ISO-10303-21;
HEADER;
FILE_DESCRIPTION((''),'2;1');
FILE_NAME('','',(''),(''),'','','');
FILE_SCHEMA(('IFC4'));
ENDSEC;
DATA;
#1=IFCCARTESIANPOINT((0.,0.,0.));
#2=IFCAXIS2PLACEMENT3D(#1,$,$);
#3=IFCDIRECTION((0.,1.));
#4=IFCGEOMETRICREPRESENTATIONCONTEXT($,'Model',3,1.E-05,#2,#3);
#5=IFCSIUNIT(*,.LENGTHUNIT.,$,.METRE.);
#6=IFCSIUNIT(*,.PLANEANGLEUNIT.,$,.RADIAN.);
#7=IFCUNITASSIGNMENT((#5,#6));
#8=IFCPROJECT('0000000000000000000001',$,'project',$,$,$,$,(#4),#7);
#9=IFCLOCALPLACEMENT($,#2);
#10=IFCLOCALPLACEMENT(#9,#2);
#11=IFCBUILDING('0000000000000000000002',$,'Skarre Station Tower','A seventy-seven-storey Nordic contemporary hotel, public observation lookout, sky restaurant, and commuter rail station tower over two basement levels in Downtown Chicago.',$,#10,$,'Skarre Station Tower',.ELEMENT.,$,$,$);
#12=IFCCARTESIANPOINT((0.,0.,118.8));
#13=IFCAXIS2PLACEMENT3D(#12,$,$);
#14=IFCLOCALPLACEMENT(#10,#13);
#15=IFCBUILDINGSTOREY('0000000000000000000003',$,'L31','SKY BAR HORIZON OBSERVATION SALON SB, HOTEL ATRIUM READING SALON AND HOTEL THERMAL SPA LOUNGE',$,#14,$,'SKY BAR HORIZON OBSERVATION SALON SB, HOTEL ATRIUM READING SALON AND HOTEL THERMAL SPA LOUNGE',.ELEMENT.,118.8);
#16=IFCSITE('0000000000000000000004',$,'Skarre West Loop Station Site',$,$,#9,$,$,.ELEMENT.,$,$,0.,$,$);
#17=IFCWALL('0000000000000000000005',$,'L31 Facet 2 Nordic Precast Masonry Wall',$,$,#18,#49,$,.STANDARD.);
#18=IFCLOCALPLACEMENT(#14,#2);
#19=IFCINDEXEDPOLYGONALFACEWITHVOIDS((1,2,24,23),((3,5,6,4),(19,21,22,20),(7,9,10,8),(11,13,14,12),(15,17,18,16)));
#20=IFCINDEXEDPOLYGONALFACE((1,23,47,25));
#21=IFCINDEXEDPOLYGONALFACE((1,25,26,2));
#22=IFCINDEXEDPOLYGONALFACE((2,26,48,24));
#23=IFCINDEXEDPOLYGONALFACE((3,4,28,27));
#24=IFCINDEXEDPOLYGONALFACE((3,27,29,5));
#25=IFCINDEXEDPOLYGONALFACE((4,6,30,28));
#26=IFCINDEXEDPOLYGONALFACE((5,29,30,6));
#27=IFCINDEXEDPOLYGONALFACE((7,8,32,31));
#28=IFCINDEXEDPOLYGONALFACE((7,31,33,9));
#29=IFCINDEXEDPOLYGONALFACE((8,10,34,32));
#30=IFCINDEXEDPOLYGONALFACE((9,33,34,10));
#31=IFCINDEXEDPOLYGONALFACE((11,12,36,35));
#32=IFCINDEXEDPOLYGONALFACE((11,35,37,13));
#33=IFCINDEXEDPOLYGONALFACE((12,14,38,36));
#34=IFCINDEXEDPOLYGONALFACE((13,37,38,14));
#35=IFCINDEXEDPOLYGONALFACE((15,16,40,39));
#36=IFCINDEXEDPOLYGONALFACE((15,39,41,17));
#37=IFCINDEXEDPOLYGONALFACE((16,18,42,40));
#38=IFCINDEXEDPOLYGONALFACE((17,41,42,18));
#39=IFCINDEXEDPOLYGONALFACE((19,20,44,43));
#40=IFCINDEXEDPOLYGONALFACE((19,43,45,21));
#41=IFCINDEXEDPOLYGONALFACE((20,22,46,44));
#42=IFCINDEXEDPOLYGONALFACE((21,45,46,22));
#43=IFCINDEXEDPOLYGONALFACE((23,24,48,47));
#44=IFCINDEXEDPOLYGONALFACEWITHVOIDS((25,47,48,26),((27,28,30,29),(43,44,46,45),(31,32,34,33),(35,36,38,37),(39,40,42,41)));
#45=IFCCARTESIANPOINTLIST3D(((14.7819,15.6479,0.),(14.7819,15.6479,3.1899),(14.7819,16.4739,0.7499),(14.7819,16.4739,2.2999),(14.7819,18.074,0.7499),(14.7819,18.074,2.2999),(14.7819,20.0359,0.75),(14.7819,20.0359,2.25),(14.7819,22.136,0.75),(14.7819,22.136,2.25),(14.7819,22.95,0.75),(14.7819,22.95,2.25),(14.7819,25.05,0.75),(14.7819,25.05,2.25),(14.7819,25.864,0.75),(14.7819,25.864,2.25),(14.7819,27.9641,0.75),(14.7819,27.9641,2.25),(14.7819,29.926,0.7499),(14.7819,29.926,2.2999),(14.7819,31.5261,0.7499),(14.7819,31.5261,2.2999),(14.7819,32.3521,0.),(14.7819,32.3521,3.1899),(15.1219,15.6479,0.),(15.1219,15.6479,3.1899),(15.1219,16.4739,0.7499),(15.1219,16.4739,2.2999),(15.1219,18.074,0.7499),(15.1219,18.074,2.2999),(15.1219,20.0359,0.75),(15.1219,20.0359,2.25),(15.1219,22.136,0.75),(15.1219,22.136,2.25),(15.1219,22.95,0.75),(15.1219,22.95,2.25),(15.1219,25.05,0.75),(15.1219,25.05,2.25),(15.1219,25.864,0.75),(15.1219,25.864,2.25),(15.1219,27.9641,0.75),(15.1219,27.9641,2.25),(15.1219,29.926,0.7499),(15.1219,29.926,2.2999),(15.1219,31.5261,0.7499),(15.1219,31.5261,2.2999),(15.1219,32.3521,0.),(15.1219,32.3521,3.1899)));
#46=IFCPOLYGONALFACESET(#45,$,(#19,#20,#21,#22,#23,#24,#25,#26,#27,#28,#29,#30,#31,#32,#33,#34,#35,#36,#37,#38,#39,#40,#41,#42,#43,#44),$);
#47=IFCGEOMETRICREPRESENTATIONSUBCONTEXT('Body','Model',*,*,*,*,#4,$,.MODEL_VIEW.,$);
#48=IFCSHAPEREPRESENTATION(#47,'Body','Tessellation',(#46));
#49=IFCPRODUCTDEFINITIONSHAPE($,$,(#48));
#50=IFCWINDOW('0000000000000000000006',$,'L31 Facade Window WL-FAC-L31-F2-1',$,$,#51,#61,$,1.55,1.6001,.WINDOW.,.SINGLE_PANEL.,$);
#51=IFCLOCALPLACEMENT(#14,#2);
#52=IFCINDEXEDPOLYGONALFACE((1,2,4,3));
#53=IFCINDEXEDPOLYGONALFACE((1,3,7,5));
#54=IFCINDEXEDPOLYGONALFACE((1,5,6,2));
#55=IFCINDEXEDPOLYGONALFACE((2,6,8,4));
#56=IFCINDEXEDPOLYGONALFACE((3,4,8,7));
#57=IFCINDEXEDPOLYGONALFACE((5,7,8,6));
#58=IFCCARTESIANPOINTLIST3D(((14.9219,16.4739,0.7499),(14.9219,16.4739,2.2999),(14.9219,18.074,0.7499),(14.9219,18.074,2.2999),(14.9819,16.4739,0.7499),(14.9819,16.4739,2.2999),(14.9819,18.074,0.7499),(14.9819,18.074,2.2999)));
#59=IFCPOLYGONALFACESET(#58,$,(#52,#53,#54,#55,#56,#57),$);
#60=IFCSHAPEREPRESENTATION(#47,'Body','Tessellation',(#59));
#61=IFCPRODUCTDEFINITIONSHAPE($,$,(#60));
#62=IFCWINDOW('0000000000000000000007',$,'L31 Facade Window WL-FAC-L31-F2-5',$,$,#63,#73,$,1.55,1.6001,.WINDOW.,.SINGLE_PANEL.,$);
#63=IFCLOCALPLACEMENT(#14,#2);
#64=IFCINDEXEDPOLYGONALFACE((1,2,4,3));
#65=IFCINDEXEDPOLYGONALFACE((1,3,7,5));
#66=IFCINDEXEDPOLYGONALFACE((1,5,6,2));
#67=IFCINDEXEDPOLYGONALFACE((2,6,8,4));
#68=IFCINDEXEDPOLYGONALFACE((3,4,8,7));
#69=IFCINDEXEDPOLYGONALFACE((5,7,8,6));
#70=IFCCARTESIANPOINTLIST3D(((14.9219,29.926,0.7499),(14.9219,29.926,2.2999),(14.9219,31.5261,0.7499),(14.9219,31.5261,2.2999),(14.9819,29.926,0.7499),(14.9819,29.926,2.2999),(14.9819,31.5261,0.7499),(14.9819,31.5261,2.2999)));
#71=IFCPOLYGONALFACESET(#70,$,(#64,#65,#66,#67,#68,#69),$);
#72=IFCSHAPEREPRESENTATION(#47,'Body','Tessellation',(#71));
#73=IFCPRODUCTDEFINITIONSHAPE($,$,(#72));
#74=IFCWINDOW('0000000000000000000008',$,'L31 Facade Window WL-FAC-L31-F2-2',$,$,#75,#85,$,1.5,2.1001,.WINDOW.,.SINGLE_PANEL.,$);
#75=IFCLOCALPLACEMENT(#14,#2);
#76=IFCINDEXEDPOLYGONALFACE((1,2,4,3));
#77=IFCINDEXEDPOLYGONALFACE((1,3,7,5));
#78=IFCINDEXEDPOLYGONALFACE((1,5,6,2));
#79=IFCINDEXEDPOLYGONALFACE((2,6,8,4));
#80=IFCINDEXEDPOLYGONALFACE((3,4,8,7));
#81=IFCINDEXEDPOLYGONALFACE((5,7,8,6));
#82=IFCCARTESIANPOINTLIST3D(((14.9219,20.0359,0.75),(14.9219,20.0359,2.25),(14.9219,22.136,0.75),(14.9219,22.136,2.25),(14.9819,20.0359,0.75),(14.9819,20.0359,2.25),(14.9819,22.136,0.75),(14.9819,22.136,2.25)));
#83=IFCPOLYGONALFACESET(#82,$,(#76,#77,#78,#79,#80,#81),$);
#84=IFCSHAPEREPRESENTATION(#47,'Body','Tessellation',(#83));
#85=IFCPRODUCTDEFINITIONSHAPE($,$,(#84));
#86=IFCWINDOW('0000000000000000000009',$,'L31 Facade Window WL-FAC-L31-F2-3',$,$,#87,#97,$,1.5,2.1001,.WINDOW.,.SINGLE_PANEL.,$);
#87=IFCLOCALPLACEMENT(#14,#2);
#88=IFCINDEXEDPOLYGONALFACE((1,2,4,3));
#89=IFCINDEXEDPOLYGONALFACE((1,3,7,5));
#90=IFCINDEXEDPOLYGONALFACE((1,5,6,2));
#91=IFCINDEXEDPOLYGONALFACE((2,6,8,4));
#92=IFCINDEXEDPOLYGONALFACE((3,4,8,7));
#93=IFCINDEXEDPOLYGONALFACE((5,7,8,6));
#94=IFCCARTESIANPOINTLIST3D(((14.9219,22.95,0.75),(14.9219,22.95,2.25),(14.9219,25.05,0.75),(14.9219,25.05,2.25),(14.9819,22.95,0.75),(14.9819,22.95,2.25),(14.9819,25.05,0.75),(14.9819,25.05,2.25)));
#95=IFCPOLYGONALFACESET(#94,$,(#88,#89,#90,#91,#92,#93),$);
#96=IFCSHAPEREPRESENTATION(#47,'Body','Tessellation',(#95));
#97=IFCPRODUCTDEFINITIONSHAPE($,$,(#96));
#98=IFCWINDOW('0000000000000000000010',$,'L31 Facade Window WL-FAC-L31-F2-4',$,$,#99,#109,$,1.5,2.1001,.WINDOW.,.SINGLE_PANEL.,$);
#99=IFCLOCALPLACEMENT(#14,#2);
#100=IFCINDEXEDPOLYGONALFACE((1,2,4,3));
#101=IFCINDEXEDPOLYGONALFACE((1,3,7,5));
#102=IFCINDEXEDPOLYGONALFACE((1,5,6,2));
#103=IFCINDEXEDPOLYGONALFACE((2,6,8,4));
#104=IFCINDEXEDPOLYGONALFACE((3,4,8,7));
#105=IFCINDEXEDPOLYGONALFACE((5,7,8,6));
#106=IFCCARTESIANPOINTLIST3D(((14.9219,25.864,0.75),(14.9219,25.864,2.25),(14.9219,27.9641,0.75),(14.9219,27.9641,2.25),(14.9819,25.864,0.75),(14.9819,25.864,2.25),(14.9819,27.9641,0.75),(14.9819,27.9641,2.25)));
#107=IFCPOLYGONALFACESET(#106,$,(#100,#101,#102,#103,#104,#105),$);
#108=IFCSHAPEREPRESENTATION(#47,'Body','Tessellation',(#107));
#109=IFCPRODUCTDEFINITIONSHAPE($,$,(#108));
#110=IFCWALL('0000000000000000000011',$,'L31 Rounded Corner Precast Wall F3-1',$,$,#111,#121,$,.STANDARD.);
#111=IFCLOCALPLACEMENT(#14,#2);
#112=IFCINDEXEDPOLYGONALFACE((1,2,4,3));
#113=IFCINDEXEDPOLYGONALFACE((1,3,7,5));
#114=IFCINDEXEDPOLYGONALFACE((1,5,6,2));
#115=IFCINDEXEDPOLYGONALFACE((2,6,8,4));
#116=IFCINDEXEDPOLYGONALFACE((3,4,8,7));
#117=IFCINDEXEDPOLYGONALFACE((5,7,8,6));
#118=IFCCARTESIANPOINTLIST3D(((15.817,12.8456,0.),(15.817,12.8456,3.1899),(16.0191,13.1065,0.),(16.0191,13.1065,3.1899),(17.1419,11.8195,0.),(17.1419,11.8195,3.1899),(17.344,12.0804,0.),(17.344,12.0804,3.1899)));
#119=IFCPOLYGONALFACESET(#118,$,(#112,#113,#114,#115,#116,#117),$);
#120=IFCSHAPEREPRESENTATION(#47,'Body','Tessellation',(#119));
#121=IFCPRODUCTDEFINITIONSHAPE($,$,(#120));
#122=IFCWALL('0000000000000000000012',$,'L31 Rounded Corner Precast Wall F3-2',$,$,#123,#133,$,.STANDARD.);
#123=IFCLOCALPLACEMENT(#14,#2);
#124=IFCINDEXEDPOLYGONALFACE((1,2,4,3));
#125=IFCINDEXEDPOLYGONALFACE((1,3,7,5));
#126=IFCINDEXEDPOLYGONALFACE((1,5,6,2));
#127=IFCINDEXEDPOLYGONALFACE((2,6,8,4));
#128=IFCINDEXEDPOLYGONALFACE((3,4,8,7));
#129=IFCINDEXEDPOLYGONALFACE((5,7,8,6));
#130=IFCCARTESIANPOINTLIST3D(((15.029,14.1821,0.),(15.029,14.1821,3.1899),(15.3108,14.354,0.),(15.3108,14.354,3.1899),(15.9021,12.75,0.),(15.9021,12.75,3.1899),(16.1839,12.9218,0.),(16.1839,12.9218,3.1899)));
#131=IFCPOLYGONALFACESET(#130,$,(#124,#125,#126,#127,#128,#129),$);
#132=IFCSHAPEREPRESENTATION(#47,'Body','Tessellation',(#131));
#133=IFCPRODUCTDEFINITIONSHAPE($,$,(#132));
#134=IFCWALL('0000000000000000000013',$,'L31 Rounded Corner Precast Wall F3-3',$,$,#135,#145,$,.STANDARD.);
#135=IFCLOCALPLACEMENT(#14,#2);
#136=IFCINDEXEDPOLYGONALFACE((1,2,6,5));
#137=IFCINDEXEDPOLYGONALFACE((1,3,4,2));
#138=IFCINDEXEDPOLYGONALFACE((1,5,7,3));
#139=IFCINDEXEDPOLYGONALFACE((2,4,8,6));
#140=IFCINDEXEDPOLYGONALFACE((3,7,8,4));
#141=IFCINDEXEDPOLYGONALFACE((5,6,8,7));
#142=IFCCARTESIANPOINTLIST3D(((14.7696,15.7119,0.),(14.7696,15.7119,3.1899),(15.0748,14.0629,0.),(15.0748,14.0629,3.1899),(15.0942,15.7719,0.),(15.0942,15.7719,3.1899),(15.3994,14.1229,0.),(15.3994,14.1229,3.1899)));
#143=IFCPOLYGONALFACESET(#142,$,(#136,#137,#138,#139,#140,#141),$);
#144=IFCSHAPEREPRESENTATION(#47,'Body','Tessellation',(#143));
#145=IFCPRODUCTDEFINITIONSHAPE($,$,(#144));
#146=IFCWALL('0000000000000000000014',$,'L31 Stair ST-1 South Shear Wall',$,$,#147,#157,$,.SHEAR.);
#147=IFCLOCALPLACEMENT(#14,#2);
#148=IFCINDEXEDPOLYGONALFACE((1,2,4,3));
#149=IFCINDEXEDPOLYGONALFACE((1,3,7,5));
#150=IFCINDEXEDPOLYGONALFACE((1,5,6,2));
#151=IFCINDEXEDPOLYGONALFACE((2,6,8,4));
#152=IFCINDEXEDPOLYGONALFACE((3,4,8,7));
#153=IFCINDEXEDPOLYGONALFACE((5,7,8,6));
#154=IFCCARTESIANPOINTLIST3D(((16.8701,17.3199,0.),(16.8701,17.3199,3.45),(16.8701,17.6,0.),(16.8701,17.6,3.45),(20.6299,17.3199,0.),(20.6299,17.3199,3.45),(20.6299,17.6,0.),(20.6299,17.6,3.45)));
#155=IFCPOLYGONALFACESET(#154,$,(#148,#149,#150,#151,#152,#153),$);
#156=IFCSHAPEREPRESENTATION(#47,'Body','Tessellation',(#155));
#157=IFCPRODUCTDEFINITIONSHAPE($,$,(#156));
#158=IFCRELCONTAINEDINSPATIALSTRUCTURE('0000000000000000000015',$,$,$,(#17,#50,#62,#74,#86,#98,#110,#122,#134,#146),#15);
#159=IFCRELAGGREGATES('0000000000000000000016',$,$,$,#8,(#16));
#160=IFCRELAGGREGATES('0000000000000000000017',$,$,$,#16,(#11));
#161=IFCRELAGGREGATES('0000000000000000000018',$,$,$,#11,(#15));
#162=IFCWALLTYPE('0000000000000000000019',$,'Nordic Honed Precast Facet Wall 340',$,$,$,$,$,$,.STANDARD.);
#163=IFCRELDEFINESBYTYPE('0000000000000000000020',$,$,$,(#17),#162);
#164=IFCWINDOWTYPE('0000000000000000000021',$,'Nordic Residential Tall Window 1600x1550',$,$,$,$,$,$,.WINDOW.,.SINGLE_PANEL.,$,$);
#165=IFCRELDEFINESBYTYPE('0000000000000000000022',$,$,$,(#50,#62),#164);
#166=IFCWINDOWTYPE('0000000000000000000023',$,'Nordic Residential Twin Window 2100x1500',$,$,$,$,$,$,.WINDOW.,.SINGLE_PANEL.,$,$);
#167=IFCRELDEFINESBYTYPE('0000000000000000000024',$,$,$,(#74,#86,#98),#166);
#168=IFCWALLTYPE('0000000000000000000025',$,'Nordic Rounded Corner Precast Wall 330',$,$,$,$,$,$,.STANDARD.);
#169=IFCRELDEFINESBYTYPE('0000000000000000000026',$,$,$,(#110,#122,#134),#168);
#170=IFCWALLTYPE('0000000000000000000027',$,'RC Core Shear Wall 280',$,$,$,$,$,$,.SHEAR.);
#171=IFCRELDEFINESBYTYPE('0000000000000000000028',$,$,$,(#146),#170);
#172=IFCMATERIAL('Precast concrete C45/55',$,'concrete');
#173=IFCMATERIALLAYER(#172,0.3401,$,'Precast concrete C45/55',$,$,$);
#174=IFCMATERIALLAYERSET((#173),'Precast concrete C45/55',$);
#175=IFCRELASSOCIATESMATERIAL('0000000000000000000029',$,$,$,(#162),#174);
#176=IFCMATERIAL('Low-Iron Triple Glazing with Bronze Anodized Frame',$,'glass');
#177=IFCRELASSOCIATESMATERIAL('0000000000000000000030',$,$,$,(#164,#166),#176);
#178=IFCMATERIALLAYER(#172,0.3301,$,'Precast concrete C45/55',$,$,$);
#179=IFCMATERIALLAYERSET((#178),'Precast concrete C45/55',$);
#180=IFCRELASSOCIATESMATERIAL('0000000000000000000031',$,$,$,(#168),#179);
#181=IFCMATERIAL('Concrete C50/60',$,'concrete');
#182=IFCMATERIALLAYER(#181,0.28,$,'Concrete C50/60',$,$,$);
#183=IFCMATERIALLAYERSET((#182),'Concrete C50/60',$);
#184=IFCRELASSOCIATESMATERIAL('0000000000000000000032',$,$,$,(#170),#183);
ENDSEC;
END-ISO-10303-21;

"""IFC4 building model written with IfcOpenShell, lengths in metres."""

from ifc_helpers import new_model, si_unit, direction, frame, frame_2d, origin, place, context, subcontext, project, spatial, rectangle, extrude, material, layer, layer_set, type_object, element, fill, save


model = new_model("IFC4")

# Units and contexts
model_context = context("Model", 3, precision=1e-05, world=origin(), true_north=direction((0.0, 1.0)))
body_context = subcontext(model_context, "Body", "Model", "MODEL_VIEW")
ifc_project = project(units=[si_unit("LENGTHUNIT", "METRE"), si_unit("PLANEANGLEUNIT", "RADIAN")], contexts=[model_context])

# Site, building, storey
site_placement = place(None, origin())
site = spatial("IfcSite", under=ifc_project, at=site_placement, Name="Skarre West Loop Station Site", CompositionType="ELEMENT", RefElevation=0.0)
building_placement = place(site_placement, origin())
building = spatial("IfcBuilding", under=site, at=building_placement, Name="Skarre Station Tower", Description="A seventy-seven-storey Nordic contemporary hotel, public observation lookout, sky restaurant, and commuter rail station tower over two basement levels in Downtown Chicago.", LongName="Skarre Station Tower", CompositionType="ELEMENT")
storey_placement = place(building_placement, frame((0.0, 0.0, 118.8)))
storey = spatial("IfcBuildingStorey", under=building, at=storey_placement, Name="L31", Description="SKY BAR HORIZON OBSERVATION SALON SB, HOTEL ATRIUM READING SALON AND HOTEL THERMAL SPA LOUNGE", LongName="SKY BAR HORIZON OBSERVATION SALON SB, HOTEL ATRIUM READING SALON AND HOTEL THERMAL SPA LOUNGE", CompositionType="ELEMENT", Elevation=118.8)

# Shared definitions
ifc_material_1 = material(Name="Concrete C50/60", Category="concrete")

# Wall, openings, windows
ifc_material_2 = material(Name="Precast concrete C45/55", Category="concrete")
ifc_layer_1 = layer(ifc_material_2, 0.3401, Name="Precast concrete C45/55")
ifc_layer_set_1 = layer_set([ifc_layer_1], Name="Precast concrete C45/55")
wall_type_1 = type_object("IfcWallType", Name="Nordic Honed Precast Facet Wall 340", PredefinedType="STANDARD", material=ifc_layer_set_1)
wall_1_placement = place(storey_placement, frame((14.9519, 15.6479, 0.0), z_axis=(0.0, 0.0, 1.0), x_axis=(0.0, 1.0, 0.0)))
wall_1 = element("IfcWall", 1, at=wall_1_placement, inside=storey, type_object=wall_type_1, Name="L31 Facet 2 Nordic Precast Masonry Wall", PredefinedType="STANDARD", context=body_context, shape_type="SweptSolid", body=[
    extrude(rectangle(XDim=16.7041, YDim=0.3401, at=frame_2d((8.3521, 0.0))), origin(), (0.0, 0.0, 1.0), 3.1899),
])
opening_1_placement = place(wall_1_placement, frame((0.8259, 0.0, 0.75)))
opening_1 = element("IfcOpeningElement", 2, at=opening_1_placement, cuts=wall_1, PredefinedType="OPENING", context=body_context, shape_type="SweptSolid", body=[
    extrude(rectangle(XDim=1.6001, YDim=1.55, at=frame_2d((0.8, 0.7749))), frame((0.0, 0.1799, 0.0), z_axis=(0.0, -1.0, 0.0), x_axis=(1.0, 0.0, 0.0)), (0.0, 0.0, 1.0), 0.3601),
])
opening_2_placement = place(wall_1_placement, frame((4.3879, 0.0, 0.75)))
opening_2 = element("IfcOpeningElement", 3, at=opening_2_placement, cuts=wall_1, PredefinedType="OPENING", context=body_context, shape_type="SweptSolid", body=[
    extrude(rectangle(XDim=2.1001, YDim=1.5, at=frame_2d((1.05, 0.75))), frame((0.0, 0.1799, 0.0), z_axis=(0.0, -1.0, 0.0), x_axis=(1.0, 0.0, 0.0)), (0.0, 0.0, 1.0), 0.3601),
])
opening_3_placement = place(wall_1_placement, frame((7.302, 0.0, 0.75)))
opening_3 = element("IfcOpeningElement", 4, at=opening_3_placement, cuts=wall_1, PredefinedType="OPENING", context=body_context, shape_type="SweptSolid", body=[
    extrude(rectangle(XDim=2.1001, YDim=1.5, at=frame_2d((1.05, 0.75))), frame((0.0, 0.1799, 0.0), z_axis=(0.0, -1.0, 0.0), x_axis=(1.0, 0.0, 0.0)), (0.0, 0.0, 1.0), 0.3601),
])
opening_4_placement = place(wall_1_placement, frame((10.2161, 0.0, 0.75)))
opening_4 = element("IfcOpeningElement", 5, at=opening_4_placement, cuts=wall_1, PredefinedType="OPENING", context=body_context, shape_type="SweptSolid", body=[
    extrude(rectangle(XDim=2.1001, YDim=1.5, at=frame_2d((1.05, 0.75))), frame((0.0, 0.1799, 0.0), z_axis=(0.0, -1.0, 0.0), x_axis=(1.0, 0.0, 0.0)), (0.0, 0.0, 1.0), 0.3601),
])
opening_5_placement = place(wall_1_placement, frame((14.2781, 0.0, 0.75)))
opening_5 = element("IfcOpeningElement", 6, at=opening_5_placement, cuts=wall_1, PredefinedType="OPENING", context=body_context, shape_type="SweptSolid", body=[
    extrude(rectangle(XDim=1.6001, YDim=1.55, at=frame_2d((0.8, 0.7749))), frame((0.0, 0.1799, 0.0), z_axis=(0.0, -1.0, 0.0), x_axis=(1.0, 0.0, 0.0)), (0.0, 0.0, 1.0), 0.3601),
])
ifc_material_3 = material(Name="Low-Iron Triple Glazing with Bronze Anodized Frame", Category="glass")
window_type_1 = type_object("IfcWindowType", Name="Nordic Residential Tall Window 1600x1550", PartitioningType="SINGLE_PANEL", PredefinedType="WINDOW", material=ifc_material_3)
window_1_placement = place(opening_1_placement, origin())
window_1 = element("IfcWindow", 7, at=window_1_placement, inside=storey, type_object=window_type_1, Name="L31 Facade Window WL-FAC-L31-F2-1", OverallHeight=1.55, OverallWidth=1.6001, PartitioningType="SINGLE_PANEL", PredefinedType="WINDOW", context=body_context, shape_type="SweptSolid", body=[
    extrude(rectangle(XDim=1.6001, YDim=1.55, at=frame_2d((0.8, 0.7749))), frame((0.0, 0.03, 0.0), z_axis=(0.0, -1.0, 0.0), x_axis=(1.0, 0.0, 0.0)), (0.0, 0.0, 1.0), 0.0601),
])
fill(opening_1, window_1)
window_2_placement = place(opening_5_placement, origin())
window_2 = element("IfcWindow", 8, at=window_2_placement, inside=storey, type_object=window_type_1, Name="L31 Facade Window WL-FAC-L31-F2-5", OverallHeight=1.55, OverallWidth=1.6001, PartitioningType="SINGLE_PANEL", PredefinedType="WINDOW", context=body_context, shape_type="SweptSolid", body=[
    extrude(rectangle(XDim=1.6001, YDim=1.55, at=frame_2d((0.8, 0.7749))), frame((0.0, 0.03, 0.0), z_axis=(0.0, -1.0, 0.0), x_axis=(1.0, 0.0, 0.0)), (0.0, 0.0, 1.0), 0.0601),
])
fill(opening_5, window_2)
window_type_2 = type_object("IfcWindowType", Name="Nordic Residential Twin Window 2100x1500", PartitioningType="SINGLE_PANEL", PredefinedType="WINDOW", material=ifc_material_3)
window_3_placement = place(opening_2_placement, origin())
window_3 = element("IfcWindow", 9, at=window_3_placement, inside=storey, type_object=window_type_2, Name="L31 Facade Window WL-FAC-L31-F2-2", OverallHeight=1.5, OverallWidth=2.1001, PartitioningType="SINGLE_PANEL", PredefinedType="WINDOW", context=body_context, shape_type="SweptSolid", body=[
    extrude(rectangle(XDim=2.1001, YDim=1.5, at=frame_2d((1.05, 0.75))), frame((0.0, 0.03, 0.0), z_axis=(0.0, -1.0, 0.0), x_axis=(1.0, 0.0, 0.0)), (0.0, 0.0, 1.0), 0.0601),
])
fill(opening_2, window_3)
window_4_placement = place(opening_3_placement, origin())
window_4 = element("IfcWindow", 10, at=window_4_placement, inside=storey, type_object=window_type_2, Name="L31 Facade Window WL-FAC-L31-F2-3", OverallHeight=1.5, OverallWidth=2.1001, PartitioningType="SINGLE_PANEL", PredefinedType="WINDOW", context=body_context, shape_type="SweptSolid", body=[
    extrude(rectangle(XDim=2.1001, YDim=1.5, at=frame_2d((1.05, 0.75))), frame((0.0, 0.03, 0.0), z_axis=(0.0, -1.0, 0.0), x_axis=(1.0, 0.0, 0.0)), (0.0, 0.0, 1.0), 0.0601),
])
fill(opening_3, window_4)
window_5_placement = place(opening_4_placement, origin())
window_5 = element("IfcWindow", 11, at=window_5_placement, inside=storey, type_object=window_type_2, Name="L31 Facade Window WL-FAC-L31-F2-4", OverallHeight=1.5, OverallWidth=2.1001, PartitioningType="SINGLE_PANEL", PredefinedType="WINDOW", context=body_context, shape_type="SweptSolid", body=[
    extrude(rectangle(XDim=2.1001, YDim=1.5, at=frame_2d((1.05, 0.75))), frame((0.0, 0.03, 0.0), z_axis=(0.0, -1.0, 0.0), x_axis=(1.0, 0.0, 0.0)), (0.0, 0.0, 1.0), 0.0601),
])
fill(opening_4, window_5)

# Walls
ifc_layer_2 = layer(ifc_material_2, 0.3301, Name="Precast concrete C45/55")
ifc_layer_set_2 = layer_set([ifc_layer_2], Name="Precast concrete C45/55")
wall_type_2 = type_object("IfcWallType", Name="Nordic Rounded Corner Precast Wall 330", PredefinedType="STANDARD", material=ifc_layer_set_2)
wall_2_placement = place(storey_placement, frame((17.2429, 11.95, 0.0), z_axis=(0.0, 0.0, 1.0), x_axis=(-0.790621, 0.612305, 0.0)))
element("IfcWall", 12, at=wall_2_placement, inside=storey, type_object=wall_type_2, Name="L31 Rounded Corner Precast Wall F3-1", PredefinedType="STANDARD", context=body_context, shape_type="SweptSolid", body=[
    extrude(rectangle(XDim=1.6758, YDim=0.3301, at=frame_2d((0.8379, 0.0))), origin(), (0.0, 0.0, 1.0), 3.1899),
])
wall_3_placement = place(storey_placement, frame((16.043, 12.8359, 0.0), z_axis=(0.0, 0.0, 1.0), x_axis=(-0.520519, 0.85385, 0.0)))
element("IfcWall", 13, at=wall_3_placement, inside=storey, type_object=wall_type_2, Name="L31 Rounded Corner Precast Wall F3-2", PredefinedType="STANDARD", context=body_context, shape_type="SweptSolid", body=[
    extrude(rectangle(XDim=1.6772, YDim=0.3301, at=frame_2d((0.8386, 0.0))), origin(), (0.0, 0.0, 1.0), 3.1899),
])
wall_4_placement = place(storey_placement, frame((15.2371, 14.093, 0.0), z_axis=(0.0, 0.0, 1.0), x_axis=(-0.181985, 0.983301, 0.0)))
element("IfcWall", 14, at=wall_4_placement, inside=storey, type_object=wall_type_2, Name="L31 Rounded Corner Precast Wall F3-3", PredefinedType="STANDARD", context=body_context, shape_type="SweptSolid", body=[
    extrude(rectangle(XDim=1.677, YDim=0.3301, at=frame_2d((0.8384, 0.0))), origin(), (0.0, 0.0, 1.0), 3.1899),
])
ifc_layer_3 = layer(ifc_material_1, 0.28, Name="Concrete C50/60")
ifc_layer_set_3 = layer_set([ifc_layer_3], Name="Concrete C50/60")
wall_type_3 = type_object("IfcWallType", Name="RC Core Shear Wall 280", PredefinedType="SHEAR", material=ifc_layer_set_3)
wall_5_placement = place(storey_placement, frame((16.8701, 17.46, 0.0), z_axis=(0.0, 0.0, 1.0), x_axis=(1.0, 0.0, 0.0)))
element("IfcWall", 15, at=wall_5_placement, inside=storey, type_object=wall_type_3, Name="L31 Stair ST-1 South Shear Wall", PredefinedType="SHEAR", context=body_context, shape_type="SweptSolid", body=[
    extrude(rectangle(XDim=3.7598, YDim=0.28, at=frame_2d((1.8799, 0.0))), origin(), (0.0, 0.0, 1.0), 3.45),
])

save(model, "model.ifc")
